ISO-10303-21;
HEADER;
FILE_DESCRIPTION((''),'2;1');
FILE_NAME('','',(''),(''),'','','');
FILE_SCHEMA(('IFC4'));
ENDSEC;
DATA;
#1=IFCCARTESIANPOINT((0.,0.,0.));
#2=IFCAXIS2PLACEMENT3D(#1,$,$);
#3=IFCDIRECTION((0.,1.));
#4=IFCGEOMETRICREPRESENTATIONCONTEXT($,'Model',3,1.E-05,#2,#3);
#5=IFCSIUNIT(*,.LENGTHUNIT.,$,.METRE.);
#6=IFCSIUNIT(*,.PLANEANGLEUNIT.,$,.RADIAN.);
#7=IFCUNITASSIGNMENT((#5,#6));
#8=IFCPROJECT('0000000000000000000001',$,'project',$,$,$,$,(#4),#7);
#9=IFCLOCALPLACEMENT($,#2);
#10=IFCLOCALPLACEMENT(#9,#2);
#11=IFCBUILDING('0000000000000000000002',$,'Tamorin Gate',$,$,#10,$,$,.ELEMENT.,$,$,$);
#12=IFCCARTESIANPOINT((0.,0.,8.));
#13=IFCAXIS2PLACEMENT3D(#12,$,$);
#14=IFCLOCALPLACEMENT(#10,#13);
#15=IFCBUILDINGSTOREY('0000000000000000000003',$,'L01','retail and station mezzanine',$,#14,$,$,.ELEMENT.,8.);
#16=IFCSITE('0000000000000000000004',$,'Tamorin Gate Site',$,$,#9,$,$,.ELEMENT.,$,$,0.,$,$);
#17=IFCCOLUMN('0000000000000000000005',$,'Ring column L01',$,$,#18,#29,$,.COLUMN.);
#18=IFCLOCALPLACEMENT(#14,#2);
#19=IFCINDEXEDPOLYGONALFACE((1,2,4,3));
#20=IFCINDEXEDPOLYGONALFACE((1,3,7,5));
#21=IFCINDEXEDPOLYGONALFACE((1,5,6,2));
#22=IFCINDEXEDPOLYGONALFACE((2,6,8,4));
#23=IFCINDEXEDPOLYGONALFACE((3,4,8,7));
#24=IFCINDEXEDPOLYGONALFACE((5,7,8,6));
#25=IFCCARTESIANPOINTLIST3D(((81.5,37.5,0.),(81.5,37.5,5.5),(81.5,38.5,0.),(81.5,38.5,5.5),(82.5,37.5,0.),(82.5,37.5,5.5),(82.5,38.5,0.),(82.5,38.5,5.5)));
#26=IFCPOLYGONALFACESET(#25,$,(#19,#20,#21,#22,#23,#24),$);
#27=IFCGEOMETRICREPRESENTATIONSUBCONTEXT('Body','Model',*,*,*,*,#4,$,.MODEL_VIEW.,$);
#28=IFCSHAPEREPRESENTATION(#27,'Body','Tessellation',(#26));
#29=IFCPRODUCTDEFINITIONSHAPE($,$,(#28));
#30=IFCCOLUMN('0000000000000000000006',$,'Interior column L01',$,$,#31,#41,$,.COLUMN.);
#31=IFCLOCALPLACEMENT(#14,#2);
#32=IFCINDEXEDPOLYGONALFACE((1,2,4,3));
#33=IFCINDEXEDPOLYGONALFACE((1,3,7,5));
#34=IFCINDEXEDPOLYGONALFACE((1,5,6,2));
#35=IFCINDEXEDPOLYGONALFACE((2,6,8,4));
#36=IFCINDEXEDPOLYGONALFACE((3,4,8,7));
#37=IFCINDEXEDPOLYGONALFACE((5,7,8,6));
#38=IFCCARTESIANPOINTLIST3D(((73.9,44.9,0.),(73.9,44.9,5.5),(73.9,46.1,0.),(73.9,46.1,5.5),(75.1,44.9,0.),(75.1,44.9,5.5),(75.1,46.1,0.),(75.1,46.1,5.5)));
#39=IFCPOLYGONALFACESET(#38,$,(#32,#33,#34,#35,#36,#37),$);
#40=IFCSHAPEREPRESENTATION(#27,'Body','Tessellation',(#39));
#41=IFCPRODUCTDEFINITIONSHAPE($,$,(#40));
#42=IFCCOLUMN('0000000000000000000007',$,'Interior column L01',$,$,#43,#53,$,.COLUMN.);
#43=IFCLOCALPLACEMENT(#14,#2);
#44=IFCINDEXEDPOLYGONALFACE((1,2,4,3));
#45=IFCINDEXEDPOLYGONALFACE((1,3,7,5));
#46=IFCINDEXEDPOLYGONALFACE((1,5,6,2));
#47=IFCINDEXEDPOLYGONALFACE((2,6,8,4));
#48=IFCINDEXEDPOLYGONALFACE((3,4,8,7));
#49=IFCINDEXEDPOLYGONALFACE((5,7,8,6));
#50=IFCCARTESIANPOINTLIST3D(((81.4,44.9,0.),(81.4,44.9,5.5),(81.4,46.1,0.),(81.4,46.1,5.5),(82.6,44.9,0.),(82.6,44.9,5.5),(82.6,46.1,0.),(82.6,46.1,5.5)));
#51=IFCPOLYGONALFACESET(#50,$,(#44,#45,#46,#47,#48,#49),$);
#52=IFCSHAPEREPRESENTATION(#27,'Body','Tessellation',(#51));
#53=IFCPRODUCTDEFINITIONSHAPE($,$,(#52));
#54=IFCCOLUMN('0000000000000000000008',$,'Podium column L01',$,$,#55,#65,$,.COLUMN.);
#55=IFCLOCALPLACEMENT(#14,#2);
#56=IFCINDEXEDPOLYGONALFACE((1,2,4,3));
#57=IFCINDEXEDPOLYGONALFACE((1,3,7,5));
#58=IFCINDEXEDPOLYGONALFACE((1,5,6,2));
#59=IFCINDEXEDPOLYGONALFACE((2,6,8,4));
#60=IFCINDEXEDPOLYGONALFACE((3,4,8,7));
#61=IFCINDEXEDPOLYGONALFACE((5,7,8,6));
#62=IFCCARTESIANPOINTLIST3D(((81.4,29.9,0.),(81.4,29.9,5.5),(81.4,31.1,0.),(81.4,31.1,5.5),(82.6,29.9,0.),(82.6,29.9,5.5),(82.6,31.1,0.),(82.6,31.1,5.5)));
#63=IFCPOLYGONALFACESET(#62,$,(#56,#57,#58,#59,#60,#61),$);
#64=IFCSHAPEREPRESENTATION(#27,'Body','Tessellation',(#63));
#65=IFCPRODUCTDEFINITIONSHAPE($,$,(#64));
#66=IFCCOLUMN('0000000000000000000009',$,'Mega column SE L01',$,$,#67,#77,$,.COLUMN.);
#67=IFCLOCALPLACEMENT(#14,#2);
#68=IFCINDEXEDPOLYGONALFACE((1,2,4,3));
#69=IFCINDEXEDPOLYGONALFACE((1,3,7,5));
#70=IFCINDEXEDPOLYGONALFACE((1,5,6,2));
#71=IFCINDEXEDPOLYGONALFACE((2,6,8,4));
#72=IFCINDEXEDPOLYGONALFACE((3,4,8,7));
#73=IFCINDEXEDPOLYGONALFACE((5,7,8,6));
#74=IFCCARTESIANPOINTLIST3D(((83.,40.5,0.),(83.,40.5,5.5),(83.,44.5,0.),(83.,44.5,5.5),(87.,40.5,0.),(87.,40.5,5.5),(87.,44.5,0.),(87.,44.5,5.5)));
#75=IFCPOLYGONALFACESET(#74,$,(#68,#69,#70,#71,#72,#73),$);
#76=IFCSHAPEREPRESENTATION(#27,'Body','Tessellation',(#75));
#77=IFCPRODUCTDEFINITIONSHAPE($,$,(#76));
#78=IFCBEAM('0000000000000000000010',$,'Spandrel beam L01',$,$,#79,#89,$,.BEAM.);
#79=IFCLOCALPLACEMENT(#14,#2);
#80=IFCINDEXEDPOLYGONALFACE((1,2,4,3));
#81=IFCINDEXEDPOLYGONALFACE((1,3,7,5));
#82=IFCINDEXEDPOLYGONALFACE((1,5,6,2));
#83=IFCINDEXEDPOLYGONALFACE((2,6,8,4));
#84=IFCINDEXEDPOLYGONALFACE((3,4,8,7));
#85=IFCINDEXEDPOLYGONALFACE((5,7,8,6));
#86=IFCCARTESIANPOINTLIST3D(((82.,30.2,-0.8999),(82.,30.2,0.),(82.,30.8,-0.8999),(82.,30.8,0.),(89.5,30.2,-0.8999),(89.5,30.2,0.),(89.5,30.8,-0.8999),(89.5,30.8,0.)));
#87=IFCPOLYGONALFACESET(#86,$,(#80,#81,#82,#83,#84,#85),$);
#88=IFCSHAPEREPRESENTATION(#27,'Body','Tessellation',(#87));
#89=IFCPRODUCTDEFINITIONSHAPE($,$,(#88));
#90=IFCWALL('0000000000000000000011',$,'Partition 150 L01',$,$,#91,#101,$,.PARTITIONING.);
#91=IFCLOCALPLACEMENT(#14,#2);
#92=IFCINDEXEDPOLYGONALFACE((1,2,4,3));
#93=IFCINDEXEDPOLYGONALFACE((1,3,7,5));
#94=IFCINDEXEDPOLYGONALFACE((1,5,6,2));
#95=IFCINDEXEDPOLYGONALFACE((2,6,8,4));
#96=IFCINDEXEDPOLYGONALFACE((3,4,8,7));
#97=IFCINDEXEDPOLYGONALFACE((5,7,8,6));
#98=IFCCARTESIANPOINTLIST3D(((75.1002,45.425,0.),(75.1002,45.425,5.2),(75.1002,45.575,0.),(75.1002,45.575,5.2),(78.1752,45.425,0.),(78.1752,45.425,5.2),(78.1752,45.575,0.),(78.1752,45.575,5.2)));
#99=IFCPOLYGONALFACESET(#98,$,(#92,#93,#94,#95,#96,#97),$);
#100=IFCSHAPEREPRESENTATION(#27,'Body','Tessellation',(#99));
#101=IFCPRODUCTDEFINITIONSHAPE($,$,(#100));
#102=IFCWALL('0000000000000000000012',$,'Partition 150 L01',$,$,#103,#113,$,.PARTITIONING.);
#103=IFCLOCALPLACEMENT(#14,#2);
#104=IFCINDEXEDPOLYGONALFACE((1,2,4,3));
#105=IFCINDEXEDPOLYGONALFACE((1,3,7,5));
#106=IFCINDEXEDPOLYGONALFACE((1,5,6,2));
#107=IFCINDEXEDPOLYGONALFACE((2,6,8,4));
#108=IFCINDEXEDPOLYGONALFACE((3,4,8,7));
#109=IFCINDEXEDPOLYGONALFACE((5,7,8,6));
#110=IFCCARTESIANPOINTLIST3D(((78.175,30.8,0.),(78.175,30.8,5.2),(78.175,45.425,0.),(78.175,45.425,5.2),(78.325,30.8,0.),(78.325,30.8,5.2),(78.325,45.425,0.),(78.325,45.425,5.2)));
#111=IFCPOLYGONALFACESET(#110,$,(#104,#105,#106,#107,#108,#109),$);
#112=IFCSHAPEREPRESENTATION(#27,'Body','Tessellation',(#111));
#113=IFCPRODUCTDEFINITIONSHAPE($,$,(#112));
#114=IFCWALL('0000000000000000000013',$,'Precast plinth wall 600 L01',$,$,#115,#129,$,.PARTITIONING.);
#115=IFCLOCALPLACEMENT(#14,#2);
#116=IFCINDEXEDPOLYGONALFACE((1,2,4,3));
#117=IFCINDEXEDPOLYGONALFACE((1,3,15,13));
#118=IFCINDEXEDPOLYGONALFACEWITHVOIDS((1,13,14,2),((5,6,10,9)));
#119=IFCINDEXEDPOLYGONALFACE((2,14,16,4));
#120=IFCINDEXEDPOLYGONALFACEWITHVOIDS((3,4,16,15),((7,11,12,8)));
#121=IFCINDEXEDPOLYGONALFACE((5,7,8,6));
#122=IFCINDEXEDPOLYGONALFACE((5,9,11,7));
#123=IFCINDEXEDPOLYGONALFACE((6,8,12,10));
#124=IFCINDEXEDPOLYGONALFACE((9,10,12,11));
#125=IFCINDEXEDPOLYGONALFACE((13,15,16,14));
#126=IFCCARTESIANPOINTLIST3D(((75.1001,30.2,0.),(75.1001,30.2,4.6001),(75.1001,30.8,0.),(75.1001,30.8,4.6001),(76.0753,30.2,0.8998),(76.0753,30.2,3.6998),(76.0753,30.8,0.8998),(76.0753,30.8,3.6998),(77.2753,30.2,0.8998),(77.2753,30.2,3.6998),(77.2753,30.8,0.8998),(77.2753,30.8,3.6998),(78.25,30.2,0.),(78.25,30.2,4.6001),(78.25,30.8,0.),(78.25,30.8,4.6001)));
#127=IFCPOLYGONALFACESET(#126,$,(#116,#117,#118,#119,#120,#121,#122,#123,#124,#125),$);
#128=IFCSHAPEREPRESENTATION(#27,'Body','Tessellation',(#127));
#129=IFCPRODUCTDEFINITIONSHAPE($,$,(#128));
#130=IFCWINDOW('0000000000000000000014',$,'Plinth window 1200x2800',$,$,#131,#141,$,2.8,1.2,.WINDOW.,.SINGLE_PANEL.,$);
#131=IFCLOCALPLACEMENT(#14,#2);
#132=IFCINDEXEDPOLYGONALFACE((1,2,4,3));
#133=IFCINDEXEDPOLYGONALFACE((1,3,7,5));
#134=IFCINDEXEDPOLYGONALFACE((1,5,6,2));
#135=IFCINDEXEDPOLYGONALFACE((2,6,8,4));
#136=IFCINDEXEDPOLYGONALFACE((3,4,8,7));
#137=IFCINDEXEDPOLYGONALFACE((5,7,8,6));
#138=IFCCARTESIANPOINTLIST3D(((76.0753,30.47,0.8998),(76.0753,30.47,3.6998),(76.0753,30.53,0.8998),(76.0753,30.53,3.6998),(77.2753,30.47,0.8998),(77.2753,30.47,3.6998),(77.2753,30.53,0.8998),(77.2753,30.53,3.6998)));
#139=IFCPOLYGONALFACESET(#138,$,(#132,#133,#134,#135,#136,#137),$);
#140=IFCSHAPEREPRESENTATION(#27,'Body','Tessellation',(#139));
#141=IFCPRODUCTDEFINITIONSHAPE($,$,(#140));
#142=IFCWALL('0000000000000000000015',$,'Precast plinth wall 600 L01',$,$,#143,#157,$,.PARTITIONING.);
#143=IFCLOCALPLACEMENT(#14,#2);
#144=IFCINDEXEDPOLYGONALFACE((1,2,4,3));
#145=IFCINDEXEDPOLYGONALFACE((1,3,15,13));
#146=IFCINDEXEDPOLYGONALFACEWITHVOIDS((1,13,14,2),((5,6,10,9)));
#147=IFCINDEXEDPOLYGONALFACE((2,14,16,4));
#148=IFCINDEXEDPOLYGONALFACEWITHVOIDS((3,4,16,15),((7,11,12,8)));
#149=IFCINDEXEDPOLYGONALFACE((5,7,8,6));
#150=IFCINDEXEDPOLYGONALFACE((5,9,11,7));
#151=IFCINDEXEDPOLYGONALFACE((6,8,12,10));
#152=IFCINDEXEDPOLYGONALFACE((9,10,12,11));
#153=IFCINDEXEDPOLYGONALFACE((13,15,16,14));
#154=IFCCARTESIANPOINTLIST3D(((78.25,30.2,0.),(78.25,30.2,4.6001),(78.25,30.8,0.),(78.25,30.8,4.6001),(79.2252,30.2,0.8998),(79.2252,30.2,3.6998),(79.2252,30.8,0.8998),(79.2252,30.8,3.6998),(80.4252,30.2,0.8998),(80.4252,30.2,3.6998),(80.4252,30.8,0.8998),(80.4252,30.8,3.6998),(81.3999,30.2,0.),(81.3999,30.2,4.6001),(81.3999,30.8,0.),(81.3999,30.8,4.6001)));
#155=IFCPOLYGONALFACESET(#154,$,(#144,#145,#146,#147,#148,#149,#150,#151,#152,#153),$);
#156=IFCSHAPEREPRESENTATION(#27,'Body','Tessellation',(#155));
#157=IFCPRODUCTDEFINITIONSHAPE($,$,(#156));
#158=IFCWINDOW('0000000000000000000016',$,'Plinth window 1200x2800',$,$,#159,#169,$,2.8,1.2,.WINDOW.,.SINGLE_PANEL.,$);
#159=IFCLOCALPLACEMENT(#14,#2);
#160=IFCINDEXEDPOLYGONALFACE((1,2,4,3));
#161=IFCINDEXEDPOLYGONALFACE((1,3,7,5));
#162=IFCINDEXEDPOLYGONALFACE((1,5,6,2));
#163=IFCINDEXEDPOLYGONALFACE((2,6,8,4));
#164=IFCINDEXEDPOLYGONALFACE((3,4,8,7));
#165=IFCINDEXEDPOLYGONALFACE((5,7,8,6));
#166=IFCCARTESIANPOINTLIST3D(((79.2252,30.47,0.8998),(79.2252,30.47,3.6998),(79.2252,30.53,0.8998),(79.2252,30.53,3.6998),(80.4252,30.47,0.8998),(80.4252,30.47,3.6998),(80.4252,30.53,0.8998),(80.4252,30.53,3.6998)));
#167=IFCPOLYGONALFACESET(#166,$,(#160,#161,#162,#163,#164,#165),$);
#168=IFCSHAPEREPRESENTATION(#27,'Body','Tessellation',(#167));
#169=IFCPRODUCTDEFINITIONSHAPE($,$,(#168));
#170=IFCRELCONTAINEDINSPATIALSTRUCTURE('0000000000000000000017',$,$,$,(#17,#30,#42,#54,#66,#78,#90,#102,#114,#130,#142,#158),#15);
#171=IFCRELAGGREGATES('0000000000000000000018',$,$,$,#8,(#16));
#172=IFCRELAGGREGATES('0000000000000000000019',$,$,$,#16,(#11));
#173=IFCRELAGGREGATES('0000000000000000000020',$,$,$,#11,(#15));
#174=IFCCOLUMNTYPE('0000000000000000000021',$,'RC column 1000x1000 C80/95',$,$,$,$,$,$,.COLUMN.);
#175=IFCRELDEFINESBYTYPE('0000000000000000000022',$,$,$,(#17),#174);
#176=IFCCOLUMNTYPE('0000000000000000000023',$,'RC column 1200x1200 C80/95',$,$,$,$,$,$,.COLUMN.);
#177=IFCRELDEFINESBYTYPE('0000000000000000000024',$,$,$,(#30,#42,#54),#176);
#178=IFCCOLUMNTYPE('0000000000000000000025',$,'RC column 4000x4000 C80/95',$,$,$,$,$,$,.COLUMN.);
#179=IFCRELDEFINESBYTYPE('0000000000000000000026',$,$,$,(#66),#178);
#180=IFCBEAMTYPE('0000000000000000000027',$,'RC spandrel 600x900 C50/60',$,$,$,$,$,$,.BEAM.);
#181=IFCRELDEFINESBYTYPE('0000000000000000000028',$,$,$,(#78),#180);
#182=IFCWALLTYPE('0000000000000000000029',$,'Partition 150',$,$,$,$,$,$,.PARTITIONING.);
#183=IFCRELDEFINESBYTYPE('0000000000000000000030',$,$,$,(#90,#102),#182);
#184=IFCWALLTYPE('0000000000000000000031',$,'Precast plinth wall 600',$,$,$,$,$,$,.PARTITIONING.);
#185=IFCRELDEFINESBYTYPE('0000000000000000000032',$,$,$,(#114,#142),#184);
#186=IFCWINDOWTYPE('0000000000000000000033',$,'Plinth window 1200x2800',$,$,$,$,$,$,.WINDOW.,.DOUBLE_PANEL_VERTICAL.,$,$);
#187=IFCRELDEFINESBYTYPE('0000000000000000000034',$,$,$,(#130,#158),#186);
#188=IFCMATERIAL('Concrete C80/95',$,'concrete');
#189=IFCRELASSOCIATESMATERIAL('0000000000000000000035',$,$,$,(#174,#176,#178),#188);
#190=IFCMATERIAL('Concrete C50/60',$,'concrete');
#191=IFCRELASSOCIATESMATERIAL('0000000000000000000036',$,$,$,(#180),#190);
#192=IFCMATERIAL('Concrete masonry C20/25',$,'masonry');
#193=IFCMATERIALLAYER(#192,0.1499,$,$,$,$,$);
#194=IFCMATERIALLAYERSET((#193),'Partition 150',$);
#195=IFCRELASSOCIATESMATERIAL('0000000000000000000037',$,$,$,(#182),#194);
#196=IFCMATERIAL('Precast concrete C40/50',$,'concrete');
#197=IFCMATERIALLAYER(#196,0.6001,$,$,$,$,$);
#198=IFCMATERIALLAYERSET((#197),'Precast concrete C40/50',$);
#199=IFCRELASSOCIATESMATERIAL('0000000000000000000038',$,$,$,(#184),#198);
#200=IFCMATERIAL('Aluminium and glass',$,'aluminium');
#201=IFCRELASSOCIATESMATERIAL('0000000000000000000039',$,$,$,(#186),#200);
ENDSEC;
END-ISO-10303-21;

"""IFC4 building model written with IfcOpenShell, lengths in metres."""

from ifc_helpers import new_model, si_unit, direction, frame, frame_2d, origin, origin_2d, place, context, subcontext, project, spatial, rectangle, extrude, material, layer, layer_set, material_profile, profile_set, type_object, element, fill, save


model = new_model("IFC4")

# Units and contexts
model_context = context("Model", 3, precision=1e-05, world=origin(), true_north=direction((0.0, 1.0)))
body_context = subcontext(model_context, "Body", "Model", "MODEL_VIEW")
ifc_project = project(units=[si_unit("LENGTHUNIT", "METRE"), si_unit("PLANEANGLEUNIT", "RADIAN")], contexts=[model_context])

# Site, building, storey
site_placement = place(None, origin())
site = spatial("IfcSite", under=ifc_project, at=site_placement, Name="Tamorin Gate Site", CompositionType="ELEMENT", RefElevation=0.0)
building_placement = place(site_placement, origin())
building = spatial("IfcBuilding", under=site, at=building_placement, Name="Tamorin Gate", CompositionType="ELEMENT")
storey_placement = place(building_placement, frame((0.0, 0.0, 8.0)))
storey = spatial("IfcBuildingStorey", under=building, at=storey_placement, Name="L01", Description="retail and station mezzanine", CompositionType="ELEMENT", Elevation=8.0)

# Columns
ifc_material_1 = material(Name="Concrete C80/95", Category="concrete")
ifc_material_profile_1 = material_profile(ifc_material_1, rectangle(XDim=1.0, YDim=1.0, at=origin_2d()), Name="RC 1000x1000")
ifc_profile_set_1 = profile_set([ifc_material_profile_1], Name="Concrete C80/95")
column_type_1 = type_object("IfcColumnType", Name="RC column 1000x1000 C80/95", PredefinedType="COLUMN", material=ifc_profile_set_1)
column_1_placement = place(storey_placement, frame((82.0, 38.0, 0.0), z_axis=(0.0, 0.0, 1.0), x_axis=(1.0, 0.0, 0.0)))
element("IfcColumn", 1, at=column_1_placement, inside=storey, type_object=column_type_1, Name="Ring column L01", PredefinedType="COLUMN", context=body_context, shape_type="SweptSolid", body=[
    extrude(rectangle(XDim=1.0, YDim=1.0, at=origin_2d()), origin(), (0.0, 0.0, 1.0), 5.5),
])
ifc_material_profile_2 = material_profile(ifc_material_1, rectangle(XDim=1.2, YDim=1.2, at=origin_2d()), Name="RC 1200x1200")
ifc_profile_set_2 = profile_set([ifc_material_profile_2], Name="Concrete C80/95")
column_type_2 = type_object("IfcColumnType", Name="RC column 1200x1200 C80/95", PredefinedType="COLUMN", material=ifc_profile_set_2)
for number, where, z_axis, x_axis, name in (
    (2, (74.5, 45.5, 0.0), (0.0, 0.0, 1.0), (1.0, 0.0, 0.0), "Interior column L01"),
    (3, (82.0, 45.5, 0.0), (0.0, 0.0, 1.0), (1.0, 0.0, 0.0), "Interior column L01"),
    (4, (82.0, 30.5, 0.0), (0.0, 0.0, 1.0), (1.0, 0.0, 0.0), "Podium column L01"),
):
    element("IfcColumn", number, at=place(storey_placement, frame(where, z_axis=z_axis, x_axis=x_axis)), inside=storey, type_object=column_type_2, Name=name, PredefinedType="COLUMN", context=body_context, shape_type="SweptSolid", body=[
        extrude(rectangle(XDim=1.2, YDim=1.2, at=origin_2d()), origin(), (0.0, 0.0, 1.0), 5.5),
    ])
ifc_material_profile_3 = material_profile(ifc_material_1, rectangle(XDim=4.0, YDim=4.0, at=origin_2d()), Name="RC 4000x4000")
ifc_profile_set_3 = profile_set([ifc_material_profile_3], Name="Concrete C80/95")
column_type_3 = type_object("IfcColumnType", Name="RC column 4000x4000 C80/95", PredefinedType="COLUMN", material=ifc_profile_set_3)
column_2_placement = place(storey_placement, frame((85.0, 42.5, 0.0), z_axis=(0.0, 0.0, 1.0), x_axis=(1.0, 0.0, 0.0)))
element("IfcColumn", 5, at=column_2_placement, inside=storey, type_object=column_type_3, Name="Mega column SE L01", PredefinedType="COLUMN", context=body_context, shape_type="SweptSolid", body=[
    extrude(rectangle(XDim=4.0, YDim=4.0, at=origin_2d()), origin(), (0.0, 0.0, 1.0), 5.5),
])

# Beam
ifc_material_2 = material(Name="Concrete C50/60", Category="concrete")
ifc_material_profile_4 = material_profile(ifc_material_2, rectangle(XDim=0.6001, YDim=0.8999, at=origin_2d()), Name="RC 600x900")
ifc_profile_set_4 = profile_set([ifc_material_profile_4], Name="Concrete C50/60")
beam_type = type_object("IfcBeamType", Name="RC spandrel 600x900 C50/60", PredefinedType="BEAM", material=ifc_profile_set_4)
beam_placement = place(storey_placement, frame((82.0, 30.5, -0.45), z_axis=(1.0, 0.0, 0.0), x_axis=(0.0, 1.0, 0.0)))
element("IfcBeam", 6, at=beam_placement, inside=storey, type_object=beam_type, Name="Spandrel beam L01", PredefinedType="BEAM", context=body_context, shape_type="SweptSolid", body=[
    extrude(rectangle(XDim=0.6001, YDim=0.8999, at=origin_2d()), origin(), (0.0, 0.0, 1.0), 7.5),
])

# Wall
ifc_material_3 = material(Name="Concrete masonry C20/25", Category="masonry")
ifc_layer_1 = layer(ifc_material_3, 0.1499)
ifc_layer_set_1 = layer_set([ifc_layer_1], Name="Partition 150")
wall_type_1 = type_object("IfcWallType", Name="Partition 150", PredefinedType="PARTITIONING", material=ifc_layer_set_1)
wall_1_placement = place(storey_placement, frame((75.1001, 45.5, 0.0), z_axis=(0.0, 0.0, 1.0), x_axis=(1.0, 0.0, 0.0)))
element("IfcWall", 7, at=wall_1_placement, inside=storey, type_object=wall_type_1, Name="Partition 150 L01", PredefinedType="PARTITIONING", context=body_context, shape_type="SweptSolid", body=[
    extrude(rectangle(XDim=3.075, YDim=0.1499, at=frame_2d((1.5376, 0.0))), origin(), (0.0, 0.0, 1.0), 5.2),
])

# Wall
wall_2_placement = place(storey_placement, frame((78.25, 30.8, 0.0), z_axis=(0.0, 0.0, 1.0), x_axis=(0.0, 1.0, 0.0)))
element("IfcWall", 8, at=wall_2_placement, inside=storey, type_object=wall_type_1, Name="Partition 150 L01", PredefinedType="PARTITIONING", context=body_context, shape_type="SweptSolid", body=[
    extrude(rectangle(XDim=14.625, YDim=0.1499, at=frame_2d((7.3125, 0.0))), origin(), (0.0, 0.0, 1.0), 5.2),
])

# Walls, openings, windows
ifc_material_4 = material(Name="Precast concrete C40/50", Category="concrete")
ifc_layer_2 = layer(ifc_material_4, 0.6001)
ifc_layer_set_2 = layer_set([ifc_layer_2], Name="Precast concrete C40/50")
wall_type_2 = type_object("IfcWallType", Name="Precast plinth wall 600", PredefinedType="PARTITIONING", material=ifc_layer_set_2)
wall_3_placement = place(storey_placement, frame((75.1001, 30.5, 0.0), z_axis=(0.0, 0.0, 1.0), x_axis=(1.0, 0.0, 0.0)))
wall_3 = element("IfcWall", 9, at=wall_3_placement, inside=storey, type_object=wall_type_2, Name="Precast plinth wall 600 L01", PredefinedType="PARTITIONING", context=body_context, shape_type="SweptSolid", body=[
    extrude(rectangle(XDim=3.1499, YDim=0.6001, at=frame_2d((1.575, 0.0))), origin(), (0.0, 0.0, 1.0), 4.6001),
])
opening_1_placement = place(wall_3_placement, frame((0.9751, 0.0, 0.8999)))
opening_1 = element("IfcOpeningElement", 10, at=opening_1_placement, cuts=wall_3, PredefinedType="OPENING", context=body_context, shape_type="SweptSolid", body=[
    extrude(rectangle(XDim=1.2, YDim=2.8, at=frame_2d((0.6001, 1.3999))), frame((0.0, 0.3101, 0.0), z_axis=(0.0, -1.0, 0.0), x_axis=(1.0, 0.0, 0.0)), (0.0, 0.0, 1.0), 0.6201),
])
ifc_material_5 = material(Name="Aluminium and glass", Category="aluminium")
window_type_1 = type_object("IfcWindowType", Name="Plinth window 1200x2800", PartitioningType="DOUBLE_PANEL_VERTICAL", PredefinedType="WINDOW", material=ifc_material_5)
window_1_placement = place(opening_1_placement, origin())
window_1 = element("IfcWindow", 11, at=window_1_placement, inside=storey, type_object=window_type_1, Name="Plinth window 1200x2800", OverallHeight=2.8, OverallWidth=1.2, PartitioningType="SINGLE_PANEL", PredefinedType="WINDOW", context=body_context, shape_type="SweptSolid", body=[
    extrude(rectangle(XDim=1.2, YDim=2.8, at=frame_2d((0.6001, 1.3999))), frame((0.0, 0.03, 0.0), z_axis=(0.0, -1.0, 0.0), x_axis=(1.0, 0.0, 0.0)), (0.0, 0.0, 1.0), 0.0601),
])
fill(opening_1, window_1)
wall_4_placement = place(storey_placement, frame((78.25, 30.5, 0.0), z_axis=(0.0, 0.0, 1.0), x_axis=(1.0, 0.0, 0.0)))
wall_4 = element("IfcWall", 12, at=wall_4_placement, inside=storey, type_object=wall_type_2, Name="Precast plinth wall 600 L01", PredefinedType="PARTITIONING", context=body_context, shape_type="SweptSolid", body=[
    extrude(rectangle(XDim=3.1499, YDim=0.6001, at=frame_2d((1.575, 0.0))), origin(), (0.0, 0.0, 1.0), 4.6001),
])
opening_2_placement = place(wall_4_placement, frame((0.9751, 0.0, 0.8999)))
opening_2 = element("IfcOpeningElement", 13, at=opening_2_placement, cuts=wall_4, PredefinedType="OPENING", context=body_context, shape_type="SweptSolid", body=[
    extrude(rectangle(XDim=1.2, YDim=2.8, at=frame_2d((0.6001, 1.3999))), frame((0.0, 0.3101, 0.0), z_axis=(0.0, -1.0, 0.0), x_axis=(1.0, 0.0, 0.0)), (0.0, 0.0, 1.0), 0.6201),
])
window_2_placement = place(opening_2_placement, origin())
window_2 = element("IfcWindow", 14, at=window_2_placement, inside=storey, type_object=window_type_1, Name="Plinth window 1200x2800", OverallHeight=2.8, OverallWidth=1.2, PartitioningType="SINGLE_PANEL", PredefinedType="WINDOW", context=body_context, shape_type="SweptSolid", body=[
    extrude(rectangle(XDim=1.2, YDim=2.8, at=frame_2d((0.6001, 1.3999))), frame((0.0, 0.03, 0.0), z_axis=(0.0, -1.0, 0.0), x_axis=(1.0, 0.0, 0.0)), (0.0, 0.0, 1.0), 0.0601),
])
fill(opening_2, window_2)

save(model, "model.ifc")
